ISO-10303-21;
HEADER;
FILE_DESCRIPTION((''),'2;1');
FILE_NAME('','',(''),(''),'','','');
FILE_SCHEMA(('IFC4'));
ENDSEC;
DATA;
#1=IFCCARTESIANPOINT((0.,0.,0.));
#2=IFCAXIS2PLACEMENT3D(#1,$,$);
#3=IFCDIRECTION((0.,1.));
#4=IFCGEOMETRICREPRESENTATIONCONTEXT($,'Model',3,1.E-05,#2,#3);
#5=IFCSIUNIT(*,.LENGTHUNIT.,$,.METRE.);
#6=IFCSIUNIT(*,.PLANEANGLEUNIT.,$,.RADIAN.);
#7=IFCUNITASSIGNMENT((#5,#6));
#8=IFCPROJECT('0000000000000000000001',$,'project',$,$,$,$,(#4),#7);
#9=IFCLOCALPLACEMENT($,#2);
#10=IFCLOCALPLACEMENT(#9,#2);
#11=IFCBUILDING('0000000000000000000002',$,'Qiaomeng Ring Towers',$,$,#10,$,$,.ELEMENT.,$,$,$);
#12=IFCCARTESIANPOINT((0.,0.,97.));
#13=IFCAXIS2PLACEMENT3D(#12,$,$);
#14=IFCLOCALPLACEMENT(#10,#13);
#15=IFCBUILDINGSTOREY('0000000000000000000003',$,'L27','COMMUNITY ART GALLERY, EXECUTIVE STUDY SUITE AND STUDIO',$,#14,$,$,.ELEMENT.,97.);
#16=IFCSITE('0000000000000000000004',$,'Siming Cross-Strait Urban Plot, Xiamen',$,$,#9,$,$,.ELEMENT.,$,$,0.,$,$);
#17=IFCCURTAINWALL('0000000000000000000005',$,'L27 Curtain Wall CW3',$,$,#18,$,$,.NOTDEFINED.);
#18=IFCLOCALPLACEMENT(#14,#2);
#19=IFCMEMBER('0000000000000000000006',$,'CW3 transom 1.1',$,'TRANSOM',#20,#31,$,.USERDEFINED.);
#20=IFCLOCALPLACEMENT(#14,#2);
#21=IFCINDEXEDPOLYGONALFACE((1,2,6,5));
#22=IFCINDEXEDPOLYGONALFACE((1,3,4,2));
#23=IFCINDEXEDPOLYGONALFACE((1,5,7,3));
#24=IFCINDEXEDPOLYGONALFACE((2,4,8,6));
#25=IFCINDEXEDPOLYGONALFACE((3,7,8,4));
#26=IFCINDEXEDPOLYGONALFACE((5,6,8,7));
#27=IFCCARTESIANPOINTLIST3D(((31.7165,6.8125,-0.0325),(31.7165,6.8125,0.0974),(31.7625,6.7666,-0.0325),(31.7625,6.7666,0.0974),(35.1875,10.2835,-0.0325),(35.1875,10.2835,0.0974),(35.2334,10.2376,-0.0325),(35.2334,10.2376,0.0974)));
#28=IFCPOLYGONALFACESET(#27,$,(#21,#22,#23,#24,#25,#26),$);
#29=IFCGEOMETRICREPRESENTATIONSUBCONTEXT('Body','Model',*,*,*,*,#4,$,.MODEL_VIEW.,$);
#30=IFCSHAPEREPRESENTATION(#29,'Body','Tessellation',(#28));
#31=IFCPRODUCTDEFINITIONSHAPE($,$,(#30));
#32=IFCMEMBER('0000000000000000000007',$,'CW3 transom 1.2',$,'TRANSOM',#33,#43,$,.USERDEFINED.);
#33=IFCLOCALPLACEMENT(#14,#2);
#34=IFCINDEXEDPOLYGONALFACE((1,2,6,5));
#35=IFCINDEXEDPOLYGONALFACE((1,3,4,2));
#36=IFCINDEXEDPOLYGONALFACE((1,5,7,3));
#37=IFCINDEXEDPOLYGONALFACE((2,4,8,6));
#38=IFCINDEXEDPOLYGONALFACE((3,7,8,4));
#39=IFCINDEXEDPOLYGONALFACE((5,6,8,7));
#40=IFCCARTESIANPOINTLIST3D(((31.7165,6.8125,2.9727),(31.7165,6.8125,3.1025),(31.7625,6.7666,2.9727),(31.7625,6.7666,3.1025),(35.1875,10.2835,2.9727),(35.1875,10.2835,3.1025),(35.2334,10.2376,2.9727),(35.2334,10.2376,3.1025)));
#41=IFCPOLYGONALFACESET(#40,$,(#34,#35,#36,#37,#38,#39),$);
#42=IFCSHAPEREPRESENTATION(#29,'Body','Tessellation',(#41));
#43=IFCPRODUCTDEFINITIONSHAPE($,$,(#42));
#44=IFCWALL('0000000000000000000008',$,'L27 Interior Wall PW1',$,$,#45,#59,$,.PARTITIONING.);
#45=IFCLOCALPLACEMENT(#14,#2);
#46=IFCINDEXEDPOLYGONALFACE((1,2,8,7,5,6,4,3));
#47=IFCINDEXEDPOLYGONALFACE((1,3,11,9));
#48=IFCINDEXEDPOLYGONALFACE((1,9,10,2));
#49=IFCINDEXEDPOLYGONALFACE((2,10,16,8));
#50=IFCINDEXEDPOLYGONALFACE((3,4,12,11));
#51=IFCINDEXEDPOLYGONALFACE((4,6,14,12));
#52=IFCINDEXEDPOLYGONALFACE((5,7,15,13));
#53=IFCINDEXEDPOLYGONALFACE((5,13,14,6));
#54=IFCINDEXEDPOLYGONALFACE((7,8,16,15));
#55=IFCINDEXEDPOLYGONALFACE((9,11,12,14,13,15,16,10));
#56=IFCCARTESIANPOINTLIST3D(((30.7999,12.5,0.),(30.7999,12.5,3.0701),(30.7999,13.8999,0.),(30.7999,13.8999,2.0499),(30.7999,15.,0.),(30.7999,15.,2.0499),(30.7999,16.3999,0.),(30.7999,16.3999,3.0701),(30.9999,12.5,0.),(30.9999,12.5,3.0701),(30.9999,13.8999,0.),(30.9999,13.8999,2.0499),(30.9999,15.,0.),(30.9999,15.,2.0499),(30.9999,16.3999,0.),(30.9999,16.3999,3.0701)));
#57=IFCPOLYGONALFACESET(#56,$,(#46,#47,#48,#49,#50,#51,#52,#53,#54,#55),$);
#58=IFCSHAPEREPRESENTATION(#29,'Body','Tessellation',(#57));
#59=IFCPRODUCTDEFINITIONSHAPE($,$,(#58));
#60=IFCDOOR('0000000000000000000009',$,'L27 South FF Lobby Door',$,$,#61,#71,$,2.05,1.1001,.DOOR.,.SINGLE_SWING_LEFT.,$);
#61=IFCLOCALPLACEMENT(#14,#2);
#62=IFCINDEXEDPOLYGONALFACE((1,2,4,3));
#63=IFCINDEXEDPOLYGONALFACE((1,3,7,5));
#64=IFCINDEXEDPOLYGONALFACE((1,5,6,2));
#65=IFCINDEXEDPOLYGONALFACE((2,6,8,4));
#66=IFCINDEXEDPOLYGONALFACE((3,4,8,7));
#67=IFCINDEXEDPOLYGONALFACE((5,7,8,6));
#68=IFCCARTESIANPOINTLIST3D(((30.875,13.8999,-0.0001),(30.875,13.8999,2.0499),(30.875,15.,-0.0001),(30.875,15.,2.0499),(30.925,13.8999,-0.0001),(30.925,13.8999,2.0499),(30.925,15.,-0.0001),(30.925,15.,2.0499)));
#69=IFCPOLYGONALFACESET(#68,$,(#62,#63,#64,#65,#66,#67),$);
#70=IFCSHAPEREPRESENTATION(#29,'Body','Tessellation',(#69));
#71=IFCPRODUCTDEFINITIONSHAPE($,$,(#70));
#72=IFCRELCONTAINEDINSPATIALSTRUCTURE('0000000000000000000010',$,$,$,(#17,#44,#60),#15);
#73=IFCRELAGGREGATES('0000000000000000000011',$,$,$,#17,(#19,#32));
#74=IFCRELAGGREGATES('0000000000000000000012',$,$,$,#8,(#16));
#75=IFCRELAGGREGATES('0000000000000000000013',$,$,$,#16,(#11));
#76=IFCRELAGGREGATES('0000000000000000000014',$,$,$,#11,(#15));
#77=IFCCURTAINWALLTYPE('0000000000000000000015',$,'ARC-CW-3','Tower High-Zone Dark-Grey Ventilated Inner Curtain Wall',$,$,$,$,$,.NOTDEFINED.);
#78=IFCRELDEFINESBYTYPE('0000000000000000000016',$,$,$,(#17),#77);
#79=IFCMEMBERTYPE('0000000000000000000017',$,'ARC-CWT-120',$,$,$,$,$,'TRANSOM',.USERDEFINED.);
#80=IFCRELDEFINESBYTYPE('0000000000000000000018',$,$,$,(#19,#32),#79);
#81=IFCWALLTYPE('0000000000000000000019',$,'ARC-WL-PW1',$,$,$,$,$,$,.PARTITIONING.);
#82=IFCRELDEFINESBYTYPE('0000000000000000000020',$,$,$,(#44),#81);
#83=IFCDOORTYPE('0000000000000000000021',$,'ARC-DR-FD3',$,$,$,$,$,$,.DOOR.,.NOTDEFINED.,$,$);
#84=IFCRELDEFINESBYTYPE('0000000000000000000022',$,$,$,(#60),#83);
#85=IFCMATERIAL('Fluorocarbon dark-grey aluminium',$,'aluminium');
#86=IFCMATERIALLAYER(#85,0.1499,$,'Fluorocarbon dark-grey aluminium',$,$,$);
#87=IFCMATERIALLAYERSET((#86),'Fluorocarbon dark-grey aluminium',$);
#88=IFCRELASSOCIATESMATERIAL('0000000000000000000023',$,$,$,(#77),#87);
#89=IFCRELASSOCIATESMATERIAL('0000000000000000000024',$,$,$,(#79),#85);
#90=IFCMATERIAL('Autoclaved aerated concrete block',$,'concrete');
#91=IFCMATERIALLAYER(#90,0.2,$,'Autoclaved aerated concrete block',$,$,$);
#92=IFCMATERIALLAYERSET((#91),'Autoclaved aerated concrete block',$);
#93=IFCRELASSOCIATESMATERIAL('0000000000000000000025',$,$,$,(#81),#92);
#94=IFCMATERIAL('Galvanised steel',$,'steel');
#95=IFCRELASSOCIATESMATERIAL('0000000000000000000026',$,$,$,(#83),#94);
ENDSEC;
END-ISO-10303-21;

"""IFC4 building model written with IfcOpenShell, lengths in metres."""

from ifc_helpers import new_model, si_unit, direction, frame, frame_2d, origin, origin_2d, place, context, subcontext, project, spatial, rectangle, extrude, source, transform, mapped, material, layer, layer_set, material_profile, profile_set, type_object, element, fill, aggregate, save


model = new_model("IFC4")

# Units and contexts
model_context = context("Model", 3, precision=1e-05, world=origin(), true_north=direction((0.0, 1.0)))
body_context = subcontext(model_context, "Body", "Model", "MODEL_VIEW")
ifc_project = project(units=[si_unit("LENGTHUNIT", "METRE"), si_unit("PLANEANGLEUNIT", "RADIAN")], contexts=[model_context])

# Site, building, storey
site_placement = place(None, origin())
site = spatial("IfcSite", under=ifc_project, at=site_placement, Name="Siming Cross-Strait Urban Plot, Xiamen", CompositionType="ELEMENT", RefElevation=0.0)
building_placement = place(site_placement, origin())
building = spatial("IfcBuilding", under=site, at=building_placement, Name="Qiaomeng Ring Towers", CompositionType="ELEMENT")
storey_placement = place(building_placement, frame((0.0, 0.0, 97.0)))
storey = spatial("IfcBuildingStorey", under=building, at=storey_placement, Name="L27", Description="COMMUNITY ART GALLERY, EXECUTIVE STUDY SUITE AND STUDIO", CompositionType="ELEMENT", Elevation=97.0)

# Curtain wall, members
ifc_material_1 = material(Name="Fluorocarbon dark-grey aluminium", Category="aluminium")
ifc_layer_1 = layer(ifc_material_1, 0.1499, Name="Fluorocarbon dark-grey aluminium")
ifc_layer_set_1 = layer_set([ifc_layer_1], Name="Fluorocarbon dark-grey aluminium")
curtain_wall_type = type_object("IfcCurtainWallType", Name="ARC-CW-3", Description="Tower High-Zone Dark-Grey Ventilated Inner Curtain Wall", PredefinedType="NOTDEFINED", material=ifc_layer_set_1)
curtain_wall_placement = place(storey_placement, origin())
curtain_wall = element("IfcCurtainWall", 1, at=curtain_wall_placement, inside=storey, type_object=curtain_wall_type, Name="L27 Curtain Wall CW3", PredefinedType="NOTDEFINED")
ifc_material_profile_1 = material_profile(ifc_material_1, rectangle(XDim=0.0649, YDim=0.1299, at=origin_2d()), Name="ALU TRAN 65x130")
ifc_profile_set_1 = profile_set([ifc_material_profile_1], Name="Fluorocarbon dark-grey aluminium")
member_type_1 = type_object("IfcMemberType", Name="ARC-CWT-120", ElementType="TRANSOM", PredefinedType="USERDEFINED", material=ifc_profile_set_1)
shared_shape_1 = source(origin(), body_context, "Body", "SweptSolid", [
    extrude(rectangle(XDim=0.0649, YDim=0.1299, at=origin_2d()), origin(), (0.0, 0.0, 1.0), 4.9087),
])
member_1_placement = place(storey_placement, frame((31.7395, 6.7896, 0.0325), z_axis=(0.707107, 0.707107, 0.0), x_axis=(-0.707107, 0.707107, 0.0)))
member_1 = element("IfcMember", 2, at=member_1_placement, type_object=member_type_1, Name="CW3 transom 1.1", ObjectType="TRANSOM", PredefinedType="USERDEFINED", context=body_context, shape_type="MappedRepresentation", body=[
    mapped(shared_shape_1, transform((0.0, 0.0, 0.0), x_axis=(1.0, 0.0, 0.0), y_axis=(0.0, 1.0, 0.0), z_axis=(0.0, 0.0, 1.0), scale=1.0)),
])
member_2_placement = place(storey_placement, frame((31.7395, 6.7896, 3.0376), z_axis=(0.707107, 0.707107, 0.0), x_axis=(-0.707107, 0.707107, 0.0)))
member_2 = element("IfcMember", 3, at=member_2_placement, type_object=member_type_1, Name="CW3 transom 1.2", ObjectType="TRANSOM", PredefinedType="USERDEFINED", context=body_context, shape_type="MappedRepresentation", body=[
    mapped(shared_shape_1, transform((0.0, 0.0, 0.0), x_axis=(1.0, 0.0, 0.0), y_axis=(0.0, 1.0, 0.0), z_axis=(0.0, 0.0, 1.0), scale=1.0)),
])
aggregate(curtain_wall, [member_1, member_2])

# Wall, opening, door
ifc_material_2 = material(Name="Autoclaved aerated concrete block", Category="concrete")
ifc_layer_2 = layer(ifc_material_2, 0.2, Name="Autoclaved aerated concrete block")
ifc_layer_set_2 = layer_set([ifc_layer_2], Name="Autoclaved aerated concrete block")
wall_type_1 = type_object("IfcWallType", Name="ARC-WL-PW1", PredefinedType="PARTITIONING", material=ifc_layer_set_2)
wall_1_placement = place(storey_placement, frame((30.8999, 12.5, 0.0), z_axis=(0.0, 0.0, 1.0), x_axis=(0.0, 1.0, 0.0)))
wall_1 = element("IfcWall", 4, at=wall_1_placement, inside=storey, type_object=wall_type_1, Name="L27 Interior Wall PW1", PredefinedType="PARTITIONING", context=body_context, shape_type="SweptSolid", body=[
    extrude(rectangle(XDim=3.8999, YDim=0.2, at=frame_2d((1.95, 0.0))), origin(), (0.0, 0.0, 1.0), 3.0701),
])
opening_1_placement = place(wall_1_placement, frame((1.3999, 0.0, 0.0)))
opening_1 = element("IfcOpeningElement", 5, at=opening_1_placement, cuts=wall_1, PredefinedType="OPENING", context=body_context, shape_type="SweptSolid", body=[
    extrude(rectangle(XDim=1.1001, YDim=2.05, at=frame_2d((0.55, 1.0249))), frame((0.0, 0.1099, 0.0), z_axis=(0.0, -1.0, 0.0), x_axis=(1.0, 0.0, 0.0)), (0.0, 0.0, 1.0), 0.22),
])
ifc_material_3 = material(Name="Galvanised steel", Category="steel")
door_type_1 = type_object("IfcDoorType", Name="ARC-DR-FD3", OperationType="NOTDEFINED", PredefinedType="DOOR", material=ifc_material_3)
shared_shape_2 = source(origin(), body_context, "Body", "SweptSolid", [
    extrude(rectangle(XDim=1.1001, YDim=2.05, at=frame_2d((0.55, 1.0249))), frame((0.0, 0.0249, 0.0), z_axis=(0.0, -1.0, 0.0), x_axis=(1.0, 0.0, 0.0)), (0.0, 0.0, 1.0), 0.05),
])
door_1_placement = place(opening_1_placement, origin())
door_1 = element("IfcDoor", 6, at=door_1_placement, inside=storey, type_object=door_type_1, Name="L27 South FF Lobby Door", OperationType="SINGLE_SWING_LEFT", OverallHeight=2.05, OverallWidth=1.1001, PredefinedType="DOOR", context=body_context, shape_type="MappedRepresentation", body=[
    mapped(shared_shape_2, transform((0.0, 0.0, 0.0), x_axis=(1.0, 0.0, 0.0), y_axis=(0.0, 1.0, 0.0), z_axis=(0.0, 0.0, 1.0), scale=1.0)),
])
fill(opening_1, door_1)

save(model, "model.ifc")
